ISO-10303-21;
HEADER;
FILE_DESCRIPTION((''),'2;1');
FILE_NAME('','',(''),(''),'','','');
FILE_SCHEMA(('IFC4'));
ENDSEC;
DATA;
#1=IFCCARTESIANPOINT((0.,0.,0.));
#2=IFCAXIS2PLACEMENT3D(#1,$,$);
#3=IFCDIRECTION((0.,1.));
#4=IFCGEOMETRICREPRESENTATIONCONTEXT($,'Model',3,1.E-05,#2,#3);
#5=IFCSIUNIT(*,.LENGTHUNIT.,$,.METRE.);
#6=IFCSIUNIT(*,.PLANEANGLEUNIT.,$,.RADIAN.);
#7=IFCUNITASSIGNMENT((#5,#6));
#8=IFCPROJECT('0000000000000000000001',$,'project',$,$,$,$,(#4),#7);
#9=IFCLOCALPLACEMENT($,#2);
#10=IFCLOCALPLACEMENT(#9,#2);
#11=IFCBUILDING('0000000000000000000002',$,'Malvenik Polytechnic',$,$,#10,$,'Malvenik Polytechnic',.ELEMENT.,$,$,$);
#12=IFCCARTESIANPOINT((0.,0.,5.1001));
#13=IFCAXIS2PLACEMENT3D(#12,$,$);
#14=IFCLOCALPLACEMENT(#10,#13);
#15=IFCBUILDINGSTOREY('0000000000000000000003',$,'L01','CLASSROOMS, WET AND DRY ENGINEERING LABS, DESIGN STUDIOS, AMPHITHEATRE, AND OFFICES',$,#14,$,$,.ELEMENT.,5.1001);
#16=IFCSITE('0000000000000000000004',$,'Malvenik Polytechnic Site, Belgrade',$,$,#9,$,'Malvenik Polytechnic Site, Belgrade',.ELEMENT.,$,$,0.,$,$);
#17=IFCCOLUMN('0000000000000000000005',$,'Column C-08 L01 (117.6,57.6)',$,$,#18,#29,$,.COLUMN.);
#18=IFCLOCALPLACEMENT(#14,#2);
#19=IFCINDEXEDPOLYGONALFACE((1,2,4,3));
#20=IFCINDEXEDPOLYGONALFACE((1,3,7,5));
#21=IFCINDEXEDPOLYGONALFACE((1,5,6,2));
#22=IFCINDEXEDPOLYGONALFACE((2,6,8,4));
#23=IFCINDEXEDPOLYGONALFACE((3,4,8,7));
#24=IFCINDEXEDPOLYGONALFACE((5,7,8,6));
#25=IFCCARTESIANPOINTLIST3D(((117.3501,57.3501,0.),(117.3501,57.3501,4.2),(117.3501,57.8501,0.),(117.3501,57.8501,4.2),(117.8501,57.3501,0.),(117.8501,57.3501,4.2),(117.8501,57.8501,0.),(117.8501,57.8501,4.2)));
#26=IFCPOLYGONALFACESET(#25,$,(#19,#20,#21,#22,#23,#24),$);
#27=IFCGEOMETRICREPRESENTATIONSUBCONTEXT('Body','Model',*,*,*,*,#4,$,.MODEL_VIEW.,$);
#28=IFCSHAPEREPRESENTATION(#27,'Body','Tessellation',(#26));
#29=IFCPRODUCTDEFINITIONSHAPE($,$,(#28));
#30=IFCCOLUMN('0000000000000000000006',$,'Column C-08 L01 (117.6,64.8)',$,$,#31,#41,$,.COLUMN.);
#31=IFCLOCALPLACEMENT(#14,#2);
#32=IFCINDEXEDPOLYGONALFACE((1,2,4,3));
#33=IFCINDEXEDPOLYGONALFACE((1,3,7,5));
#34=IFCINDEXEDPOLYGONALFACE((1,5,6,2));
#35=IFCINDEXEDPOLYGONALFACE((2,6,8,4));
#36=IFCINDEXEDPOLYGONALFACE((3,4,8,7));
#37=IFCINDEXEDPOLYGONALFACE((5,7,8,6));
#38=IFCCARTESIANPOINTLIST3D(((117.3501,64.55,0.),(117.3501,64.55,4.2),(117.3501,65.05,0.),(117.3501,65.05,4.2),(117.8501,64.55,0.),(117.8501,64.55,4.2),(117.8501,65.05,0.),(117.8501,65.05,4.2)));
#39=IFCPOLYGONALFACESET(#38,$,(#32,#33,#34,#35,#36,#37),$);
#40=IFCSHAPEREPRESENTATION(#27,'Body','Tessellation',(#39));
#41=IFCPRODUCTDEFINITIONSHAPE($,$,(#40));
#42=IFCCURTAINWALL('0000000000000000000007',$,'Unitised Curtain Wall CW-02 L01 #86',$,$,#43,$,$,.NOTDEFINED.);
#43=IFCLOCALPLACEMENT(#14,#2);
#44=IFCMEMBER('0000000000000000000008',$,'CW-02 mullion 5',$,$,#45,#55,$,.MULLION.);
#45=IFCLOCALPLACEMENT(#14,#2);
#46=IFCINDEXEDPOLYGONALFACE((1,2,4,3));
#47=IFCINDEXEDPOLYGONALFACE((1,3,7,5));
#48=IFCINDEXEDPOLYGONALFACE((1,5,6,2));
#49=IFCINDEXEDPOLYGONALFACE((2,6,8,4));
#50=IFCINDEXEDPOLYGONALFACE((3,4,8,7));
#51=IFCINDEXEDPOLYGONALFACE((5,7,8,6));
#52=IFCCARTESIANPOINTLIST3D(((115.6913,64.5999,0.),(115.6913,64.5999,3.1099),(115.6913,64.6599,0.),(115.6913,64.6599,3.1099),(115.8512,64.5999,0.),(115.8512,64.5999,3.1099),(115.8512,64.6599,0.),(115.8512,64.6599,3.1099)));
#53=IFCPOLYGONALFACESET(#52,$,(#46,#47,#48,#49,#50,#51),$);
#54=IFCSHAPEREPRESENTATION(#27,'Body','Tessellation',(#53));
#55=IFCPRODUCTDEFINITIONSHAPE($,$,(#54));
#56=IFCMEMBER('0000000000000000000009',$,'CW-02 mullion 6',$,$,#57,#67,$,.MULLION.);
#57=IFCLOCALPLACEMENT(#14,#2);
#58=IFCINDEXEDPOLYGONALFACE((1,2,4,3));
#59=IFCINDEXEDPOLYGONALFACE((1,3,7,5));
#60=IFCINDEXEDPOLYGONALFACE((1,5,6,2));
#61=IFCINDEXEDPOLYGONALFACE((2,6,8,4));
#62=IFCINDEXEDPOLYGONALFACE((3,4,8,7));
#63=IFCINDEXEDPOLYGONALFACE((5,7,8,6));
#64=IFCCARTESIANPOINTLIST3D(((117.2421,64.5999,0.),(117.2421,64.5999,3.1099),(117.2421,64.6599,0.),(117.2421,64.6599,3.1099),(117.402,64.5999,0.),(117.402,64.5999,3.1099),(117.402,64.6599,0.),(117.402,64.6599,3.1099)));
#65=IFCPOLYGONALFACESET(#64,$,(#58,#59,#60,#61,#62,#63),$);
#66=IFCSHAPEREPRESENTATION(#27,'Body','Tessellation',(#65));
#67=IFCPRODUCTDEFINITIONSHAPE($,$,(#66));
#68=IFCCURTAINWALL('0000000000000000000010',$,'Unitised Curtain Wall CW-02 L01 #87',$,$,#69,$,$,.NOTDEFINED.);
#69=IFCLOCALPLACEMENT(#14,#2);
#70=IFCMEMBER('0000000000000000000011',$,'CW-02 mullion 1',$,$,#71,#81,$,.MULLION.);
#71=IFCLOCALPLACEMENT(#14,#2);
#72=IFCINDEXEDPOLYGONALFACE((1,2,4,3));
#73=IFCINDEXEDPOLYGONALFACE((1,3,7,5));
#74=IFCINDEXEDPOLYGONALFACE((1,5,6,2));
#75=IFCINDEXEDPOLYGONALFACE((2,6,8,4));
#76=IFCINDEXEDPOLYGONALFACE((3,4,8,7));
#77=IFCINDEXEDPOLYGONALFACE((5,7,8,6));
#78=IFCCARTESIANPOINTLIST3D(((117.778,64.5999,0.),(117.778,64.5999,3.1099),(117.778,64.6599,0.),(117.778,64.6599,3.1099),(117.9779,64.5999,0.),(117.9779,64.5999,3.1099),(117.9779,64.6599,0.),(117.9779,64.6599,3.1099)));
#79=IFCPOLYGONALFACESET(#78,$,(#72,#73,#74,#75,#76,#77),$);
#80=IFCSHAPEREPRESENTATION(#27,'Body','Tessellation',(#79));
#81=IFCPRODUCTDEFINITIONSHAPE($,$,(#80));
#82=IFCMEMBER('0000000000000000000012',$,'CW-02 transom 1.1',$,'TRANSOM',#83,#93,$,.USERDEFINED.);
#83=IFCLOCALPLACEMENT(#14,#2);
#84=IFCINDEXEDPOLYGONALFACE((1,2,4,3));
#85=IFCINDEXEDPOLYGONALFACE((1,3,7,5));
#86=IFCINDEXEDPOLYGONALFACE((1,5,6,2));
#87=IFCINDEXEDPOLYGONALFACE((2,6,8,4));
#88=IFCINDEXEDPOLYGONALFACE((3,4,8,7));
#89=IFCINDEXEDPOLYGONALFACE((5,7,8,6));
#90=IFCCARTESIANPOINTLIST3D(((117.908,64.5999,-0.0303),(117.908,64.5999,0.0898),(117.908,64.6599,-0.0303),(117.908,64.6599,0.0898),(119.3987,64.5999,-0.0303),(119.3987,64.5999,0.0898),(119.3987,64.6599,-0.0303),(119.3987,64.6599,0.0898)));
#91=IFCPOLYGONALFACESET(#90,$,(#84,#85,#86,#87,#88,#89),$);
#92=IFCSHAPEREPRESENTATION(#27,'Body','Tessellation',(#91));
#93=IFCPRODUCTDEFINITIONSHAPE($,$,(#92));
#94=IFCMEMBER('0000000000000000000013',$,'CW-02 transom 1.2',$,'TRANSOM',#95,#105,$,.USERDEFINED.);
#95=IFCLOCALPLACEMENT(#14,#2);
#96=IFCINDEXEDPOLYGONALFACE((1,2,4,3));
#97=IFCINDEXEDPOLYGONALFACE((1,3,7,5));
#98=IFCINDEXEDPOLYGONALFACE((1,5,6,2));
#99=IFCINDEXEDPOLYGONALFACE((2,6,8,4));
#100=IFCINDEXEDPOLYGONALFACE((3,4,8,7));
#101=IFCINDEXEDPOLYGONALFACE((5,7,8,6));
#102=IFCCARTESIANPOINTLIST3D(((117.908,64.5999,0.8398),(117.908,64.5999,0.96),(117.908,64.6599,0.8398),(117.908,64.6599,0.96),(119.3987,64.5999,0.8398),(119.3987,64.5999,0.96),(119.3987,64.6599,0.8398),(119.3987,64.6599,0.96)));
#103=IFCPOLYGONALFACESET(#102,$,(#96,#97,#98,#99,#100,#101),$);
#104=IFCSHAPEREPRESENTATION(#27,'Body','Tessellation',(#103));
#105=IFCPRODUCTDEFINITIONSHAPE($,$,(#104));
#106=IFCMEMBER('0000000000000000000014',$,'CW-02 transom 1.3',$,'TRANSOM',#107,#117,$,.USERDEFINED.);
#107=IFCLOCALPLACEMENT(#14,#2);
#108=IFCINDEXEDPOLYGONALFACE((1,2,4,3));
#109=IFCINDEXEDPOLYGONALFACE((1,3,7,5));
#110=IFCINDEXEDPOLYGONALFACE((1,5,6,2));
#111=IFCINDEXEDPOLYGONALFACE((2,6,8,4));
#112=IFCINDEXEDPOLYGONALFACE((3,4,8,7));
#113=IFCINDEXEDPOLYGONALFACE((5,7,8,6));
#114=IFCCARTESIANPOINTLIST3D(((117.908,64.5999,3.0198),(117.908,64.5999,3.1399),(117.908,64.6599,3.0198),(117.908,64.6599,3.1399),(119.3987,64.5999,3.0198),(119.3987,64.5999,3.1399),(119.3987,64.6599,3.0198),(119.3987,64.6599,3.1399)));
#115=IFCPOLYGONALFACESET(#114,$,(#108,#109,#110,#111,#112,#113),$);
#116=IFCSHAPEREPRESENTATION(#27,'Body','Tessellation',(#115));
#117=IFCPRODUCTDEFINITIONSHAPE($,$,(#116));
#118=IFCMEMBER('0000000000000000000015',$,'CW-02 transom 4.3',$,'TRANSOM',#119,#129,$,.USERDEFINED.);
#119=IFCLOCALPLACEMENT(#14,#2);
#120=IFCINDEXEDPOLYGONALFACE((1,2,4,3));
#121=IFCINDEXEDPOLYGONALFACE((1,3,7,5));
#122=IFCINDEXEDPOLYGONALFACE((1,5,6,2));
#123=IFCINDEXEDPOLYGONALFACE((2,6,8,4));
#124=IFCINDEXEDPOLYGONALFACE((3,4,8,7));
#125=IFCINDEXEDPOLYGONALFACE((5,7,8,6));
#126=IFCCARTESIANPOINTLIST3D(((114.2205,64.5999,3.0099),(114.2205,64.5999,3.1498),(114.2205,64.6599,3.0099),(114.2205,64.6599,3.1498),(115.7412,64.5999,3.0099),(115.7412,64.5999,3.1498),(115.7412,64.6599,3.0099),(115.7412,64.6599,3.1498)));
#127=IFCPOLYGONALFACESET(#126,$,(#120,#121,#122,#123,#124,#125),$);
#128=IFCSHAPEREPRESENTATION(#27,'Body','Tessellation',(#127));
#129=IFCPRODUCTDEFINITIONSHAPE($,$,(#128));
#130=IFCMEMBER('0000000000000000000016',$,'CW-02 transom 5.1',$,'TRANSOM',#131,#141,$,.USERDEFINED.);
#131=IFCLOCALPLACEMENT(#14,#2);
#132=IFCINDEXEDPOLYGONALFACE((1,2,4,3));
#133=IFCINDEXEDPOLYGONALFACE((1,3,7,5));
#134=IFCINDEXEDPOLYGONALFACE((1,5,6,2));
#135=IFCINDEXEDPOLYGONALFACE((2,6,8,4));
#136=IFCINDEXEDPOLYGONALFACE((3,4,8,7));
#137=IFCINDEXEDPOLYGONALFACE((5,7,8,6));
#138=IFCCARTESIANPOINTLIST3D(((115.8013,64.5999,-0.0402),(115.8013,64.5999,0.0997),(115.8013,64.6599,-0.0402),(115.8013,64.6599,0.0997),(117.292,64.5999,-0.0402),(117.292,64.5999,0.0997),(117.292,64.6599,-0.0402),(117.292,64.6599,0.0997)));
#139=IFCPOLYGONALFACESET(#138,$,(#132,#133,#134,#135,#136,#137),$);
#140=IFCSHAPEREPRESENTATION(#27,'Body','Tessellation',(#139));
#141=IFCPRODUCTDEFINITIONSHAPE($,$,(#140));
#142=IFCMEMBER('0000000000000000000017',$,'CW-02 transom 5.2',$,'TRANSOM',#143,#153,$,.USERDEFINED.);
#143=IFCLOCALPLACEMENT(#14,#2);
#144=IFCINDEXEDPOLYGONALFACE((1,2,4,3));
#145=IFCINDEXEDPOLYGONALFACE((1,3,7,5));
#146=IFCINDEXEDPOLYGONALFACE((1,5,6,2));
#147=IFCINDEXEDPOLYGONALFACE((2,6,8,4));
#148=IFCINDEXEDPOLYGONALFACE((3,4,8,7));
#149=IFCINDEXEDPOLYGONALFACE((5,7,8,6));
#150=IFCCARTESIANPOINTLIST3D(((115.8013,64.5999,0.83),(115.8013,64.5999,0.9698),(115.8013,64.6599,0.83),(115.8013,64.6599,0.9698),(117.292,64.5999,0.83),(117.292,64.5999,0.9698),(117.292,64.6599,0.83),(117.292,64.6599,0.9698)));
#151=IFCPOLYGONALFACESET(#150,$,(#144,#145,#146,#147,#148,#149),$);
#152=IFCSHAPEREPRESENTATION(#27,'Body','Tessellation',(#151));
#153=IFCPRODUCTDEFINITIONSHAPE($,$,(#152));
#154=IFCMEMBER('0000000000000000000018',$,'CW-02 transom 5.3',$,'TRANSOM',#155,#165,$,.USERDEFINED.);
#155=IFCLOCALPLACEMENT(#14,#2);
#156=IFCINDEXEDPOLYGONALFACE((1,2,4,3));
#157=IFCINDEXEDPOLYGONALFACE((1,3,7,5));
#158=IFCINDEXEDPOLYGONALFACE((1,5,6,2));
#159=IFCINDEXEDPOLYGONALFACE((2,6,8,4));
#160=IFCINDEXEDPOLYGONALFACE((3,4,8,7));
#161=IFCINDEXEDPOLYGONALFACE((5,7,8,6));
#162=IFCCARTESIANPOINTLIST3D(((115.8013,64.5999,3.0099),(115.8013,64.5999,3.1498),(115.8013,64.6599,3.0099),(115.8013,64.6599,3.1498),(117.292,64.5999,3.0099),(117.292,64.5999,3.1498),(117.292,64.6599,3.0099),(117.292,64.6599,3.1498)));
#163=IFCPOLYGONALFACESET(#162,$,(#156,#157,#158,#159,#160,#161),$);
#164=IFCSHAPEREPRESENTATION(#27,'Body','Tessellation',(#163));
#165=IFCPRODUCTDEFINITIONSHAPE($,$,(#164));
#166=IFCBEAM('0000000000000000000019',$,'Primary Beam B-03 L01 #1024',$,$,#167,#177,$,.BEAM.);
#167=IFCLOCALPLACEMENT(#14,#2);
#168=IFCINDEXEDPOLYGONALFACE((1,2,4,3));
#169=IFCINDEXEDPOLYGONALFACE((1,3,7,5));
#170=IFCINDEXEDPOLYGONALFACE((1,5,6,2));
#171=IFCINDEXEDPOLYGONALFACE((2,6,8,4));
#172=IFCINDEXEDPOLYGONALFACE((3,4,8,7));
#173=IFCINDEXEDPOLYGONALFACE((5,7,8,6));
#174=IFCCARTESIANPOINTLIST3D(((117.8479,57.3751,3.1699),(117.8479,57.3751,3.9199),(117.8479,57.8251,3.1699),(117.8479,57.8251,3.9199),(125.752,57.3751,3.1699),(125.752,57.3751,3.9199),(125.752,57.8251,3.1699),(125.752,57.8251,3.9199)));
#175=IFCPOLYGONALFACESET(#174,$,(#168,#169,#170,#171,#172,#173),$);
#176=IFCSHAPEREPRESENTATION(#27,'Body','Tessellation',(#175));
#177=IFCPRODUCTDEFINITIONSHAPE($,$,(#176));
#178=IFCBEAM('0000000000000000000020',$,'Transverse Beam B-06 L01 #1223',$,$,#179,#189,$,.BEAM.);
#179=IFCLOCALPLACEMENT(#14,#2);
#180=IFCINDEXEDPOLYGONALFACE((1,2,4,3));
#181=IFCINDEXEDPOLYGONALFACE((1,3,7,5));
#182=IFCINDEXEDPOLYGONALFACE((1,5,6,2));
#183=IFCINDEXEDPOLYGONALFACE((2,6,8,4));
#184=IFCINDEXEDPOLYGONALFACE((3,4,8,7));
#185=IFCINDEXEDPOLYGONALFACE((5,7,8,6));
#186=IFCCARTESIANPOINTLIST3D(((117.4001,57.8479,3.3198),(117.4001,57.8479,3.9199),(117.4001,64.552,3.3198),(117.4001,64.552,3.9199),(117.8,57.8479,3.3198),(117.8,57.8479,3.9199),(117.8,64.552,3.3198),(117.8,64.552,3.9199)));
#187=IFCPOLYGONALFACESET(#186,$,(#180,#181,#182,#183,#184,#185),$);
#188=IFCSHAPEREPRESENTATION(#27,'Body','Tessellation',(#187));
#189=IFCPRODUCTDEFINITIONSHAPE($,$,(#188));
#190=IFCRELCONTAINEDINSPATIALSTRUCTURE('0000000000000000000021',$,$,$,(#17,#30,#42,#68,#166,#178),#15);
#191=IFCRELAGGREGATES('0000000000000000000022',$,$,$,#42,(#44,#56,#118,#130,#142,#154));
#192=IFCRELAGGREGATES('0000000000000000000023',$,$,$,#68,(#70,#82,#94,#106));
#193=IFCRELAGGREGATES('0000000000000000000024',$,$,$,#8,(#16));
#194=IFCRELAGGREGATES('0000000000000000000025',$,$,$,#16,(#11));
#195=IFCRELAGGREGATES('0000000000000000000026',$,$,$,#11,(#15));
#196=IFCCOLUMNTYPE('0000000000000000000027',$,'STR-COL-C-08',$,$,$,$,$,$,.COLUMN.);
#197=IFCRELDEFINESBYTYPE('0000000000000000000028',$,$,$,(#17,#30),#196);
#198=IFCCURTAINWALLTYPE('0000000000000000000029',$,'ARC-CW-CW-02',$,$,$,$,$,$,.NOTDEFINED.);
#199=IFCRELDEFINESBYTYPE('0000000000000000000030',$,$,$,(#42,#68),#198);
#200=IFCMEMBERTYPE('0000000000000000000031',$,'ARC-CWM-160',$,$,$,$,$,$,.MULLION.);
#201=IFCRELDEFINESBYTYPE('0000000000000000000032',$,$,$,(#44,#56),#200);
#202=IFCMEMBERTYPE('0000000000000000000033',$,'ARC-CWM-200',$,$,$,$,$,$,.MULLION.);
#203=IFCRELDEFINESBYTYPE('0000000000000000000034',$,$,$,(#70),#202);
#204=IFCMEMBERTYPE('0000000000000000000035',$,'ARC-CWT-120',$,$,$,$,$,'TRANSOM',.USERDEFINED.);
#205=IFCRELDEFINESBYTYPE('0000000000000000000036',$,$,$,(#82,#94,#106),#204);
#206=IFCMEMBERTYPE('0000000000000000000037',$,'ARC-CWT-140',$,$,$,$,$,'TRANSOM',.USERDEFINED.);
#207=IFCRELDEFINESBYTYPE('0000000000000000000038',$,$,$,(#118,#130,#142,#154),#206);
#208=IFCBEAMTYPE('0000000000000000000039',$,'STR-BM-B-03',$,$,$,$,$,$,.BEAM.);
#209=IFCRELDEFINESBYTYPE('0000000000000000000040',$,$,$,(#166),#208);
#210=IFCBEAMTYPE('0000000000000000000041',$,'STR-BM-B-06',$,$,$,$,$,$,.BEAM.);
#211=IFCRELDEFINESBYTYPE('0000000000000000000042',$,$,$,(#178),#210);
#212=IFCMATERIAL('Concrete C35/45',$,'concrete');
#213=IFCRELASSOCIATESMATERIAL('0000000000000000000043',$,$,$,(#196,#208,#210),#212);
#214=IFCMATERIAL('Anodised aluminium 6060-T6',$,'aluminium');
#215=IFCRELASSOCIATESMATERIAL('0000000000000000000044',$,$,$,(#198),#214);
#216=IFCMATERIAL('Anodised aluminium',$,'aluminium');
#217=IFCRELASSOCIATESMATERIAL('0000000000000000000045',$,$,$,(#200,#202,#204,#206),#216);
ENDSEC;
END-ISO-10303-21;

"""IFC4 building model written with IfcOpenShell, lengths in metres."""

from ifc_helpers import new_model, si_unit, direction, frame, origin, origin_2d, place, context, subcontext, project, spatial, rectangle, extrude, material, material_profile, profile_set, type_object, element, aggregate, save


model = new_model("IFC4")

# Units and contexts
model_context = context("Model", 3, precision=1e-05, world=origin(), true_north=direction((0.0, 1.0)))
body_context = subcontext(model_context, "Body", "Model", "MODEL_VIEW")
ifc_project = project(units=[si_unit("LENGTHUNIT", "METRE"), si_unit("PLANEANGLEUNIT", "RADIAN")], contexts=[model_context])

# Site, building, storey
site_placement = place(None, origin())
site = spatial("IfcSite", under=ifc_project, at=site_placement, Name="Malvenik Polytechnic Site, Belgrade", LongName="Malvenik Polytechnic Site, Belgrade", CompositionType="ELEMENT", RefElevation=0.0)
building_placement = place(site_placement, origin())
building = spatial("IfcBuilding", under=site, at=building_placement, Name="Malvenik Polytechnic", LongName="Malvenik Polytechnic", CompositionType="ELEMENT")
storey_placement = place(building_placement, frame((0.0, 0.0, 5.1001)))
storey = spatial("IfcBuildingStorey", under=building, at=storey_placement, Name="L01", Description="CLASSROOMS, WET AND DRY ENGINEERING LABS, DESIGN STUDIOS, AMPHITHEATRE, AND OFFICES", CompositionType="ELEMENT", Elevation=5.1001)

# Columns
ifc_material_1 = material(Name="Concrete C35/45", Category="concrete")
ifc_material_profile_1 = material_profile(ifc_material_1, rectangle(XDim=0.5, YDim=0.5, at=origin_2d()), Name="RC COL 500x500")
ifc_profile_set_1 = profile_set([ifc_material_profile_1], Name="Concrete C35/45")
column_type = type_object("IfcColumnType", Name="STR-COL-C-08", PredefinedType="COLUMN", material=ifc_profile_set_1)
for number, where, z_axis, x_axis, name in (
    (1, (117.6001, 57.6001, 0.0), (0.0, 0.0, 1.0), (1.0, 0.0, 0.0), "Column C-08 L01 (117.6,57.6)"),
    (2, (117.6001, 64.8, 0.0), (0.0, 0.0, 1.0), (1.0, 0.0, 0.0), "Column C-08 L01 (117.6,64.8)"),
):
    element("IfcColumn", number, at=place(storey_placement, frame(where, z_axis=z_axis, x_axis=x_axis)), inside=storey, type_object=column_type, Name=name, PredefinedType="COLUMN", context=body_context, shape_type="SweptSolid", body=[
        extrude(rectangle(XDim=0.5, YDim=0.5, at=origin_2d()), origin(), (0.0, 0.0, 1.0), 4.2),
    ])

# Curtain walls, members
ifc_material_2 = material(Name="Anodised aluminium 6060-T6", Category="aluminium")
curtain_wall_type = type_object("IfcCurtainWallType", Name="ARC-CW-CW-02", PredefinedType="NOTDEFINED", material=ifc_material_2)
curtain_wall_1_placement = place(storey_placement, origin())
curtain_wall_1 = element("IfcCurtainWall", 3, at=curtain_wall_1_placement, inside=storey, type_object=curtain_wall_type, Name="Unitised Curtain Wall CW-02 L01 #86", PredefinedType="NOTDEFINED")
ifc_material_3 = material(Name="Anodised aluminium", Category="aluminium")
ifc_material_profile_2 = material_profile(ifc_material_3, rectangle(XDim=0.0601, YDim=0.1599, at=origin_2d()), Name="ALU MULLION 60x160")
ifc_profile_set_2 = profile_set([ifc_material_profile_2], Name="Anodised aluminium")
member_type_1 = type_object("IfcMemberType", Name="ARC-CWM-160", PredefinedType="MULLION", material=ifc_profile_set_2)
member_1_placement = place(storey_placement, frame((115.7712, 64.6299, 0.0), z_axis=(0.0, 0.0, 1.0), x_axis=(0.0, 1.0, 0.0)))
member_1 = element("IfcMember", 4, at=member_1_placement, type_object=member_type_1, Name="CW-02 mullion 5", PredefinedType="MULLION", context=body_context, shape_type="SweptSolid", body=[
    extrude(rectangle(XDim=0.0601, YDim=0.1599, at=origin_2d()), origin(), (0.0, 0.0, 1.0), 3.1099),
])
member_2_placement = place(storey_placement, frame((117.322, 64.6299, 0.0), z_axis=(0.0, 0.0, 1.0), x_axis=(0.0, 1.0, 0.0)))
member_2 = element("IfcMember", 5, at=member_2_placement, type_object=member_type_1, Name="CW-02 mullion 6", PredefinedType="MULLION", context=body_context, shape_type="SweptSolid", body=[
    extrude(rectangle(XDim=0.0601, YDim=0.1599, at=origin_2d()), origin(), (0.0, 0.0, 1.0), 3.1099),
])
curtain_wall_2_placement = place(storey_placement, origin())
curtain_wall_2 = element("IfcCurtainWall", 6, at=curtain_wall_2_placement, inside=storey, type_object=curtain_wall_type, Name="Unitised Curtain Wall CW-02 L01 #87", PredefinedType="NOTDEFINED")
ifc_material_profile_3 = material_profile(ifc_material_3, rectangle(XDim=0.0601, YDim=0.2, at=origin_2d()), Name="ALU MULLION 60x200")
ifc_profile_set_3 = profile_set([ifc_material_profile_3], Name="Anodised aluminium")
member_type_2 = type_object("IfcMemberType", Name="ARC-CWM-200", PredefinedType="MULLION", material=ifc_profile_set_3)
member_3_placement = place(storey_placement, frame((117.8779, 64.6299, 0.0), z_axis=(0.0, 0.0, 1.0), x_axis=(0.0, 1.0, 0.0)))
member_3 = element("IfcMember", 7, at=member_3_placement, type_object=member_type_2, Name="CW-02 mullion 1", PredefinedType="MULLION", context=body_context, shape_type="SweptSolid", body=[
    extrude(rectangle(XDim=0.0601, YDim=0.2, at=origin_2d()), origin(), (0.0, 0.0, 1.0), 3.1099),
])
ifc_material_profile_4 = material_profile(ifc_material_3, rectangle(XDim=0.0601, YDim=0.1201, at=origin_2d()), Name="ALU TRANSOM 60x120")
ifc_profile_set_4 = profile_set([ifc_material_profile_4], Name="Anodised aluminium")
member_type_3 = type_object("IfcMemberType", Name="ARC-CWT-120", ElementType="TRANSOM", PredefinedType="USERDEFINED", material=ifc_profile_set_4)
member_4_placement = place(storey_placement, frame((117.908, 64.6299, 0.0298), z_axis=(1.0, 0.0, 0.0), x_axis=(0.0, 1.0, 0.0)))
member_4 = element("IfcMember", 8, at=member_4_placement, type_object=member_type_3, Name="CW-02 transom 1.1", ObjectType="TRANSOM", PredefinedType="USERDEFINED", context=body_context, shape_type="SweptSolid", body=[
    extrude(rectangle(XDim=0.0601, YDim=0.1201, at=origin_2d()), origin(), (0.0, 0.0, 1.0), 1.4907),
])
member_5_placement = place(storey_placement, frame((117.908, 64.6299, 0.8999), z_axis=(1.0, 0.0, 0.0), x_axis=(0.0, 1.0, 0.0)))
member_5 = element("IfcMember", 9, at=member_5_placement, type_object=member_type_3, Name="CW-02 transom 1.2", ObjectType="TRANSOM", PredefinedType="USERDEFINED", context=body_context, shape_type="SweptSolid", body=[
    extrude(rectangle(XDim=0.0601, YDim=0.1201, at=origin_2d()), origin(), (0.0, 0.0, 1.0), 1.4907),
])
member_6_placement = place(storey_placement, frame((117.908, 64.6299, 3.0798), z_axis=(1.0, 0.0, 0.0), x_axis=(0.0, 1.0, 0.0)))
member_6 = element("IfcMember", 10, at=member_6_placement, type_object=member_type_3, Name="CW-02 transom 1.3", ObjectType="TRANSOM", PredefinedType="USERDEFINED", context=body_context, shape_type="SweptSolid", body=[
    extrude(rectangle(XDim=0.0601, YDim=0.1201, at=origin_2d()), origin(), (0.0, 0.0, 1.0), 1.4907),
])

# Members
ifc_material_profile_5 = material_profile(ifc_material_3, rectangle(XDim=0.0601, YDim=0.1399, at=origin_2d()), Name="ALU TRANSOM 60x140")
ifc_profile_set_5 = profile_set([ifc_material_profile_5], Name="Anodised aluminium")
member_type_4 = type_object("IfcMemberType", Name="ARC-CWT-140", ElementType="TRANSOM", PredefinedType="USERDEFINED", material=ifc_profile_set_5)
member_7_placement = place(storey_placement, frame((114.2205, 64.6299, 3.0798), z_axis=(1.0, 0.0, 0.0), x_axis=(0.0, 1.0, 0.0)))
member_7 = element("IfcMember", 11, at=member_7_placement, type_object=member_type_4, Name="CW-02 transom 4.3", ObjectType="TRANSOM", PredefinedType="USERDEFINED", context=body_context, shape_type="SweptSolid", body=[
    extrude(rectangle(XDim=0.0601, YDim=0.1399, at=origin_2d()), origin(), (0.0, 0.0, 1.0), 1.5208),
])
member_8_placement = place(storey_placement, frame((115.8013, 64.6299, 0.0298), z_axis=(1.0, 0.0, 0.0), x_axis=(0.0, 1.0, 0.0)))
member_8 = element("IfcMember", 12, at=member_8_placement, type_object=member_type_4, Name="CW-02 transom 5.1", ObjectType="TRANSOM", PredefinedType="USERDEFINED", context=body_context, shape_type="SweptSolid", body=[
    extrude(rectangle(XDim=0.0601, YDim=0.1399, at=origin_2d()), origin(), (0.0, 0.0, 1.0), 1.4907),
])
member_9_placement = place(storey_placement, frame((115.8013, 64.6299, 0.8999), z_axis=(1.0, 0.0, 0.0), x_axis=(0.0, 1.0, 0.0)))
member_9 = element("IfcMember", 13, at=member_9_placement, type_object=member_type_4, Name="CW-02 transom 5.2", ObjectType="TRANSOM", PredefinedType="USERDEFINED", context=body_context, shape_type="SweptSolid", body=[
    extrude(rectangle(XDim=0.0601, YDim=0.1399, at=origin_2d()), origin(), (0.0, 0.0, 1.0), 1.4907),
])
member_10_placement = place(storey_placement, frame((115.8013, 64.6299, 3.0798), z_axis=(1.0, 0.0, 0.0), x_axis=(0.0, 1.0, 0.0)))
member_10 = element("IfcMember", 14, at=member_10_placement, type_object=member_type_4, Name="CW-02 transom 5.3", ObjectType="TRANSOM", PredefinedType="USERDEFINED", context=body_context, shape_type="SweptSolid", body=[
    extrude(rectangle(XDim=0.0601, YDim=0.1399, at=origin_2d()), origin(), (0.0, 0.0, 1.0), 1.4907),
])

# Beams
ifc_material_profile_6 = material_profile(ifc_material_1, rectangle(XDim=0.45, YDim=0.75, at=origin_2d()), Name="RC BM 450x750")
ifc_profile_set_6 = profile_set([ifc_material_profile_6], Name="Concrete C35/45")
beam_type_1 = type_object("IfcBeamType", Name="STR-BM-B-03", PredefinedType="BEAM", material=ifc_profile_set_6)
beam_1_placement = place(storey_placement, frame((117.8479, 57.6001, 3.5449), z_axis=(1.0, 0.0, 0.0), x_axis=(0.0, 1.0, 0.0)))
element("IfcBeam", 15, at=beam_1_placement, inside=storey, type_object=beam_type_1, Name="Primary Beam B-03 L01 #1024", PredefinedType="BEAM", context=body_context, shape_type="SweptSolid", body=[
    extrude(rectangle(XDim=0.45, YDim=0.75, at=origin_2d()), origin(), (0.0, 0.0, 1.0), 7.9041),
])
ifc_material_profile_7 = material_profile(ifc_material_1, rectangle(XDim=0.3999, YDim=0.6001, at=origin_2d()), Name="RC BM 400x600")
ifc_profile_set_7 = profile_set([ifc_material_profile_7], Name="Concrete C35/45")
beam_type_2 = type_object("IfcBeamType", Name="STR-BM-B-06", PredefinedType="BEAM", material=ifc_profile_set_7)
beam_2_placement = place(storey_placement, frame((117.6001, 57.8479, 3.6199), z_axis=(0.0, 1.0, 0.0), x_axis=(-1.0, 0.0, 0.0)))
element("IfcBeam", 16, at=beam_2_placement, inside=storey, type_object=beam_type_2, Name="Transverse Beam B-06 L01 #1223", PredefinedType="BEAM", context=body_context, shape_type="SweptSolid", body=[
    extrude(rectangle(XDim=0.3999, YDim=0.6001, at=origin_2d()), origin(), (0.0, 0.0, 1.0), 6.7041),
])

aggregate(curtain_wall_1, [member_1, member_2, member_7, member_8, member_9, member_10])
aggregate(curtain_wall_2, [member_3, member_4, member_5, member_6])

save(model, "model.ifc")
